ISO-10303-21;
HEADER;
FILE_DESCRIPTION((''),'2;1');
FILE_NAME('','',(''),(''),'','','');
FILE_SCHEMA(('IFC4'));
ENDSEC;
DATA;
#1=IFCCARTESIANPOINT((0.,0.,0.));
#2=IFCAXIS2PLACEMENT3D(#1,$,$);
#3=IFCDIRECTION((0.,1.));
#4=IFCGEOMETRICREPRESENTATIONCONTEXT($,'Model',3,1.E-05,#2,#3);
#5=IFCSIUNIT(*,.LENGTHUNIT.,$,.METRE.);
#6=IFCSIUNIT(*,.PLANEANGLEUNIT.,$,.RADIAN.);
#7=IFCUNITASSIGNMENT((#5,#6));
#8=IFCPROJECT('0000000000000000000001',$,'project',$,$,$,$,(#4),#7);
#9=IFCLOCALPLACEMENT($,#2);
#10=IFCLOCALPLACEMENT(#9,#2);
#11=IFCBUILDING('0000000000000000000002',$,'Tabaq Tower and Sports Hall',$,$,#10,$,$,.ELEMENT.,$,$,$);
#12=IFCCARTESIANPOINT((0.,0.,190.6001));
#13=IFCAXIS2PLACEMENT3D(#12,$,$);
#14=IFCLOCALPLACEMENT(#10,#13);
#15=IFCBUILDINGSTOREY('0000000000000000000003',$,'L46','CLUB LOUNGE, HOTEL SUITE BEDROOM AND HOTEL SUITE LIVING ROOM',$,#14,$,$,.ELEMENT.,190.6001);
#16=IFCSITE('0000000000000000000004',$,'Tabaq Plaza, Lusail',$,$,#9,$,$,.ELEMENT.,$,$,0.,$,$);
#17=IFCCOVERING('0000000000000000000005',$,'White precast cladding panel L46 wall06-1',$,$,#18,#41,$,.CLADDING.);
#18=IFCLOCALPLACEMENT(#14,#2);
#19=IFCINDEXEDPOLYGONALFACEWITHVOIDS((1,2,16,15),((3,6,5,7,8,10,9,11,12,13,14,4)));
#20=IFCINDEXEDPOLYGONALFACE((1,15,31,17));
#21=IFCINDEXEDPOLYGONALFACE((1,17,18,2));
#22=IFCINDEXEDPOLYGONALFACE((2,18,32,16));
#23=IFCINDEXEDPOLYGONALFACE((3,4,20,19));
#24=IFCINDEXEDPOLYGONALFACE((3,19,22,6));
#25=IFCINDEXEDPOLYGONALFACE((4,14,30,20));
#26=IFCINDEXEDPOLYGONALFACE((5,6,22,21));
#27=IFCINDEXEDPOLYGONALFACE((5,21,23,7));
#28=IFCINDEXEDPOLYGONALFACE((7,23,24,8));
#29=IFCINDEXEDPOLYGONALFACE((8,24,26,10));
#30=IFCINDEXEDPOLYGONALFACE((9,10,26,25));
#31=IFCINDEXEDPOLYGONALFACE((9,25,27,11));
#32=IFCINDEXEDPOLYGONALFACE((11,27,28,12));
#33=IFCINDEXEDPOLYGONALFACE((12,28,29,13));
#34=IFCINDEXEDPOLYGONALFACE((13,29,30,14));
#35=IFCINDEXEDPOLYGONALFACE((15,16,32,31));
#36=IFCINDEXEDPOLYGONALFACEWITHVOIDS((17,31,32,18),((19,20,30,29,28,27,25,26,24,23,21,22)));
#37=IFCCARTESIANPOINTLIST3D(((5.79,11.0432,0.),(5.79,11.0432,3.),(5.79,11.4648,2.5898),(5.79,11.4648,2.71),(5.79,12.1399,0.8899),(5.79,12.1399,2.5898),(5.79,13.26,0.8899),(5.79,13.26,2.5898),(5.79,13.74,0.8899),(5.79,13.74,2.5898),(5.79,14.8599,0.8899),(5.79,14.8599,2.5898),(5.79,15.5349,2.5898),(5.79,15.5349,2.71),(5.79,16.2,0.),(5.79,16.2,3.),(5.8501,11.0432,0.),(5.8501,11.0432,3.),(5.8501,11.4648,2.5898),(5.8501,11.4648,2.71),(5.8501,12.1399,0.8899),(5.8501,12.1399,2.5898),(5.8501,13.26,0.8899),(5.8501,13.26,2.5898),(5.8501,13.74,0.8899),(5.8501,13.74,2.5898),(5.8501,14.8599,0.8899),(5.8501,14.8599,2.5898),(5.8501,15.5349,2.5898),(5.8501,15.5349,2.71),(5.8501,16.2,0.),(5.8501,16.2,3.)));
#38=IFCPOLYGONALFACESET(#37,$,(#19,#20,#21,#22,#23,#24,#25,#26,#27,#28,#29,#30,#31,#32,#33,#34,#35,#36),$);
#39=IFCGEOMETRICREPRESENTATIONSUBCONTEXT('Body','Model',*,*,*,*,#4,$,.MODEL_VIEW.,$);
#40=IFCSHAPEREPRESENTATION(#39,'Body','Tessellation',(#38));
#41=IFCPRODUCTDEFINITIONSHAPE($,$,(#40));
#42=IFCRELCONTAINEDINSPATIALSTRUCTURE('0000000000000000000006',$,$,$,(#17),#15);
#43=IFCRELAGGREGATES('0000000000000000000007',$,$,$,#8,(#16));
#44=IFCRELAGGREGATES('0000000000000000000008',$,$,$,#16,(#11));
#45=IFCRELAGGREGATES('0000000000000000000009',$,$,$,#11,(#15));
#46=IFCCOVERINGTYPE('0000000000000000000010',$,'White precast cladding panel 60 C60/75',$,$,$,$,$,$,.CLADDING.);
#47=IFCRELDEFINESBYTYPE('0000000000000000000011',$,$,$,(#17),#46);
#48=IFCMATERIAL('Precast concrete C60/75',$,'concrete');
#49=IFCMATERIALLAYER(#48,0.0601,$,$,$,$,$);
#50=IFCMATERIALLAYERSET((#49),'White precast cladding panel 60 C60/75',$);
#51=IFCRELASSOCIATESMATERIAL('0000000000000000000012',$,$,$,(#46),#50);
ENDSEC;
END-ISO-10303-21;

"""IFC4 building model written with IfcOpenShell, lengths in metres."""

from ifc_helpers import new_model, si_unit, direction, frame, origin, place, context, subcontext, project, spatial, polyline, outline, extrude, material, layer, layer_set, type_object, element, save


model = new_model("IFC4")

# Units and contexts
model_context = context("Model", 3, precision=1e-05, world=origin(), true_north=direction((0.0, 1.0)))
body_context = subcontext(model_context, "Body", "Model", "MODEL_VIEW")
ifc_project = project(units=[si_unit("LENGTHUNIT", "METRE"), si_unit("PLANEANGLEUNIT", "RADIAN")], contexts=[model_context])

# Site, building, storey
site_placement = place(None, origin())
site = spatial("IfcSite", under=ifc_project, at=site_placement, Name="Tabaq Plaza, Lusail", CompositionType="ELEMENT", RefElevation=0.0)
building_placement = place(site_placement, origin())
building = spatial("IfcBuilding", under=site, at=building_placement, Name="Tabaq Tower and Sports Hall", CompositionType="ELEMENT")
storey_placement = place(building_placement, frame((0.0, 0.0, 190.6001)))
storey = spatial("IfcBuildingStorey", under=building, at=storey_placement, Name="L46", Description="CLUB LOUNGE, HOTEL SUITE BEDROOM AND HOTEL SUITE LIVING ROOM", CompositionType="ELEMENT", Elevation=190.6001)

# Covering
ifc_material_1 = material(Name="Precast concrete C60/75", Category="concrete")
ifc_layer_1 = layer(ifc_material_1, 0.0601)
ifc_layer_set_1 = layer_set([ifc_layer_1], Name="White precast cladding panel 60 C60/75")
covering_type = type_object("IfcCoveringType", Name="White precast cladding panel 60 C60/75", PredefinedType="CLADDING", material=ifc_layer_set_1)
covering_placement = place(storey_placement, frame((5.8201, 16.2, 0.0), z_axis=(0.0, 0.0, 1.0), x_axis=(0.0, -1.0, 0.0)))
element("IfcCovering", 1, at=covering_placement, inside=storey, type_object=covering_type, Name="White precast cladding panel L46 wall06-1", PredefinedType="CLADDING", context=body_context, shape_type="SweptSolid", body=[
    extrude(outline(polyline([(0.0, 0.0), (5.1567, 0.0), (5.1567, 3.0), (0.0, 3.0), (0.0, 0.0)]), holes=[polyline([(1.3401, 2.5898), (0.665, 2.5898), (0.665, 2.71), (4.7351, 2.71), (4.7351, 2.5898), (4.0601, 2.5898), (4.0601, 0.8899), (2.9399, 0.8899), (2.9399, 2.5898), (2.46, 2.5898), (2.46, 0.8899), (1.3401, 0.8899), (1.3401, 2.5898)])]), frame((0.0, 0.03, 0.0), z_axis=(0.0, -1.0, 0.0), x_axis=(1.0, 0.0, 0.0)), (0.0, 0.0, 1.0), 0.0601),
])

save(model, "model.ifc")
